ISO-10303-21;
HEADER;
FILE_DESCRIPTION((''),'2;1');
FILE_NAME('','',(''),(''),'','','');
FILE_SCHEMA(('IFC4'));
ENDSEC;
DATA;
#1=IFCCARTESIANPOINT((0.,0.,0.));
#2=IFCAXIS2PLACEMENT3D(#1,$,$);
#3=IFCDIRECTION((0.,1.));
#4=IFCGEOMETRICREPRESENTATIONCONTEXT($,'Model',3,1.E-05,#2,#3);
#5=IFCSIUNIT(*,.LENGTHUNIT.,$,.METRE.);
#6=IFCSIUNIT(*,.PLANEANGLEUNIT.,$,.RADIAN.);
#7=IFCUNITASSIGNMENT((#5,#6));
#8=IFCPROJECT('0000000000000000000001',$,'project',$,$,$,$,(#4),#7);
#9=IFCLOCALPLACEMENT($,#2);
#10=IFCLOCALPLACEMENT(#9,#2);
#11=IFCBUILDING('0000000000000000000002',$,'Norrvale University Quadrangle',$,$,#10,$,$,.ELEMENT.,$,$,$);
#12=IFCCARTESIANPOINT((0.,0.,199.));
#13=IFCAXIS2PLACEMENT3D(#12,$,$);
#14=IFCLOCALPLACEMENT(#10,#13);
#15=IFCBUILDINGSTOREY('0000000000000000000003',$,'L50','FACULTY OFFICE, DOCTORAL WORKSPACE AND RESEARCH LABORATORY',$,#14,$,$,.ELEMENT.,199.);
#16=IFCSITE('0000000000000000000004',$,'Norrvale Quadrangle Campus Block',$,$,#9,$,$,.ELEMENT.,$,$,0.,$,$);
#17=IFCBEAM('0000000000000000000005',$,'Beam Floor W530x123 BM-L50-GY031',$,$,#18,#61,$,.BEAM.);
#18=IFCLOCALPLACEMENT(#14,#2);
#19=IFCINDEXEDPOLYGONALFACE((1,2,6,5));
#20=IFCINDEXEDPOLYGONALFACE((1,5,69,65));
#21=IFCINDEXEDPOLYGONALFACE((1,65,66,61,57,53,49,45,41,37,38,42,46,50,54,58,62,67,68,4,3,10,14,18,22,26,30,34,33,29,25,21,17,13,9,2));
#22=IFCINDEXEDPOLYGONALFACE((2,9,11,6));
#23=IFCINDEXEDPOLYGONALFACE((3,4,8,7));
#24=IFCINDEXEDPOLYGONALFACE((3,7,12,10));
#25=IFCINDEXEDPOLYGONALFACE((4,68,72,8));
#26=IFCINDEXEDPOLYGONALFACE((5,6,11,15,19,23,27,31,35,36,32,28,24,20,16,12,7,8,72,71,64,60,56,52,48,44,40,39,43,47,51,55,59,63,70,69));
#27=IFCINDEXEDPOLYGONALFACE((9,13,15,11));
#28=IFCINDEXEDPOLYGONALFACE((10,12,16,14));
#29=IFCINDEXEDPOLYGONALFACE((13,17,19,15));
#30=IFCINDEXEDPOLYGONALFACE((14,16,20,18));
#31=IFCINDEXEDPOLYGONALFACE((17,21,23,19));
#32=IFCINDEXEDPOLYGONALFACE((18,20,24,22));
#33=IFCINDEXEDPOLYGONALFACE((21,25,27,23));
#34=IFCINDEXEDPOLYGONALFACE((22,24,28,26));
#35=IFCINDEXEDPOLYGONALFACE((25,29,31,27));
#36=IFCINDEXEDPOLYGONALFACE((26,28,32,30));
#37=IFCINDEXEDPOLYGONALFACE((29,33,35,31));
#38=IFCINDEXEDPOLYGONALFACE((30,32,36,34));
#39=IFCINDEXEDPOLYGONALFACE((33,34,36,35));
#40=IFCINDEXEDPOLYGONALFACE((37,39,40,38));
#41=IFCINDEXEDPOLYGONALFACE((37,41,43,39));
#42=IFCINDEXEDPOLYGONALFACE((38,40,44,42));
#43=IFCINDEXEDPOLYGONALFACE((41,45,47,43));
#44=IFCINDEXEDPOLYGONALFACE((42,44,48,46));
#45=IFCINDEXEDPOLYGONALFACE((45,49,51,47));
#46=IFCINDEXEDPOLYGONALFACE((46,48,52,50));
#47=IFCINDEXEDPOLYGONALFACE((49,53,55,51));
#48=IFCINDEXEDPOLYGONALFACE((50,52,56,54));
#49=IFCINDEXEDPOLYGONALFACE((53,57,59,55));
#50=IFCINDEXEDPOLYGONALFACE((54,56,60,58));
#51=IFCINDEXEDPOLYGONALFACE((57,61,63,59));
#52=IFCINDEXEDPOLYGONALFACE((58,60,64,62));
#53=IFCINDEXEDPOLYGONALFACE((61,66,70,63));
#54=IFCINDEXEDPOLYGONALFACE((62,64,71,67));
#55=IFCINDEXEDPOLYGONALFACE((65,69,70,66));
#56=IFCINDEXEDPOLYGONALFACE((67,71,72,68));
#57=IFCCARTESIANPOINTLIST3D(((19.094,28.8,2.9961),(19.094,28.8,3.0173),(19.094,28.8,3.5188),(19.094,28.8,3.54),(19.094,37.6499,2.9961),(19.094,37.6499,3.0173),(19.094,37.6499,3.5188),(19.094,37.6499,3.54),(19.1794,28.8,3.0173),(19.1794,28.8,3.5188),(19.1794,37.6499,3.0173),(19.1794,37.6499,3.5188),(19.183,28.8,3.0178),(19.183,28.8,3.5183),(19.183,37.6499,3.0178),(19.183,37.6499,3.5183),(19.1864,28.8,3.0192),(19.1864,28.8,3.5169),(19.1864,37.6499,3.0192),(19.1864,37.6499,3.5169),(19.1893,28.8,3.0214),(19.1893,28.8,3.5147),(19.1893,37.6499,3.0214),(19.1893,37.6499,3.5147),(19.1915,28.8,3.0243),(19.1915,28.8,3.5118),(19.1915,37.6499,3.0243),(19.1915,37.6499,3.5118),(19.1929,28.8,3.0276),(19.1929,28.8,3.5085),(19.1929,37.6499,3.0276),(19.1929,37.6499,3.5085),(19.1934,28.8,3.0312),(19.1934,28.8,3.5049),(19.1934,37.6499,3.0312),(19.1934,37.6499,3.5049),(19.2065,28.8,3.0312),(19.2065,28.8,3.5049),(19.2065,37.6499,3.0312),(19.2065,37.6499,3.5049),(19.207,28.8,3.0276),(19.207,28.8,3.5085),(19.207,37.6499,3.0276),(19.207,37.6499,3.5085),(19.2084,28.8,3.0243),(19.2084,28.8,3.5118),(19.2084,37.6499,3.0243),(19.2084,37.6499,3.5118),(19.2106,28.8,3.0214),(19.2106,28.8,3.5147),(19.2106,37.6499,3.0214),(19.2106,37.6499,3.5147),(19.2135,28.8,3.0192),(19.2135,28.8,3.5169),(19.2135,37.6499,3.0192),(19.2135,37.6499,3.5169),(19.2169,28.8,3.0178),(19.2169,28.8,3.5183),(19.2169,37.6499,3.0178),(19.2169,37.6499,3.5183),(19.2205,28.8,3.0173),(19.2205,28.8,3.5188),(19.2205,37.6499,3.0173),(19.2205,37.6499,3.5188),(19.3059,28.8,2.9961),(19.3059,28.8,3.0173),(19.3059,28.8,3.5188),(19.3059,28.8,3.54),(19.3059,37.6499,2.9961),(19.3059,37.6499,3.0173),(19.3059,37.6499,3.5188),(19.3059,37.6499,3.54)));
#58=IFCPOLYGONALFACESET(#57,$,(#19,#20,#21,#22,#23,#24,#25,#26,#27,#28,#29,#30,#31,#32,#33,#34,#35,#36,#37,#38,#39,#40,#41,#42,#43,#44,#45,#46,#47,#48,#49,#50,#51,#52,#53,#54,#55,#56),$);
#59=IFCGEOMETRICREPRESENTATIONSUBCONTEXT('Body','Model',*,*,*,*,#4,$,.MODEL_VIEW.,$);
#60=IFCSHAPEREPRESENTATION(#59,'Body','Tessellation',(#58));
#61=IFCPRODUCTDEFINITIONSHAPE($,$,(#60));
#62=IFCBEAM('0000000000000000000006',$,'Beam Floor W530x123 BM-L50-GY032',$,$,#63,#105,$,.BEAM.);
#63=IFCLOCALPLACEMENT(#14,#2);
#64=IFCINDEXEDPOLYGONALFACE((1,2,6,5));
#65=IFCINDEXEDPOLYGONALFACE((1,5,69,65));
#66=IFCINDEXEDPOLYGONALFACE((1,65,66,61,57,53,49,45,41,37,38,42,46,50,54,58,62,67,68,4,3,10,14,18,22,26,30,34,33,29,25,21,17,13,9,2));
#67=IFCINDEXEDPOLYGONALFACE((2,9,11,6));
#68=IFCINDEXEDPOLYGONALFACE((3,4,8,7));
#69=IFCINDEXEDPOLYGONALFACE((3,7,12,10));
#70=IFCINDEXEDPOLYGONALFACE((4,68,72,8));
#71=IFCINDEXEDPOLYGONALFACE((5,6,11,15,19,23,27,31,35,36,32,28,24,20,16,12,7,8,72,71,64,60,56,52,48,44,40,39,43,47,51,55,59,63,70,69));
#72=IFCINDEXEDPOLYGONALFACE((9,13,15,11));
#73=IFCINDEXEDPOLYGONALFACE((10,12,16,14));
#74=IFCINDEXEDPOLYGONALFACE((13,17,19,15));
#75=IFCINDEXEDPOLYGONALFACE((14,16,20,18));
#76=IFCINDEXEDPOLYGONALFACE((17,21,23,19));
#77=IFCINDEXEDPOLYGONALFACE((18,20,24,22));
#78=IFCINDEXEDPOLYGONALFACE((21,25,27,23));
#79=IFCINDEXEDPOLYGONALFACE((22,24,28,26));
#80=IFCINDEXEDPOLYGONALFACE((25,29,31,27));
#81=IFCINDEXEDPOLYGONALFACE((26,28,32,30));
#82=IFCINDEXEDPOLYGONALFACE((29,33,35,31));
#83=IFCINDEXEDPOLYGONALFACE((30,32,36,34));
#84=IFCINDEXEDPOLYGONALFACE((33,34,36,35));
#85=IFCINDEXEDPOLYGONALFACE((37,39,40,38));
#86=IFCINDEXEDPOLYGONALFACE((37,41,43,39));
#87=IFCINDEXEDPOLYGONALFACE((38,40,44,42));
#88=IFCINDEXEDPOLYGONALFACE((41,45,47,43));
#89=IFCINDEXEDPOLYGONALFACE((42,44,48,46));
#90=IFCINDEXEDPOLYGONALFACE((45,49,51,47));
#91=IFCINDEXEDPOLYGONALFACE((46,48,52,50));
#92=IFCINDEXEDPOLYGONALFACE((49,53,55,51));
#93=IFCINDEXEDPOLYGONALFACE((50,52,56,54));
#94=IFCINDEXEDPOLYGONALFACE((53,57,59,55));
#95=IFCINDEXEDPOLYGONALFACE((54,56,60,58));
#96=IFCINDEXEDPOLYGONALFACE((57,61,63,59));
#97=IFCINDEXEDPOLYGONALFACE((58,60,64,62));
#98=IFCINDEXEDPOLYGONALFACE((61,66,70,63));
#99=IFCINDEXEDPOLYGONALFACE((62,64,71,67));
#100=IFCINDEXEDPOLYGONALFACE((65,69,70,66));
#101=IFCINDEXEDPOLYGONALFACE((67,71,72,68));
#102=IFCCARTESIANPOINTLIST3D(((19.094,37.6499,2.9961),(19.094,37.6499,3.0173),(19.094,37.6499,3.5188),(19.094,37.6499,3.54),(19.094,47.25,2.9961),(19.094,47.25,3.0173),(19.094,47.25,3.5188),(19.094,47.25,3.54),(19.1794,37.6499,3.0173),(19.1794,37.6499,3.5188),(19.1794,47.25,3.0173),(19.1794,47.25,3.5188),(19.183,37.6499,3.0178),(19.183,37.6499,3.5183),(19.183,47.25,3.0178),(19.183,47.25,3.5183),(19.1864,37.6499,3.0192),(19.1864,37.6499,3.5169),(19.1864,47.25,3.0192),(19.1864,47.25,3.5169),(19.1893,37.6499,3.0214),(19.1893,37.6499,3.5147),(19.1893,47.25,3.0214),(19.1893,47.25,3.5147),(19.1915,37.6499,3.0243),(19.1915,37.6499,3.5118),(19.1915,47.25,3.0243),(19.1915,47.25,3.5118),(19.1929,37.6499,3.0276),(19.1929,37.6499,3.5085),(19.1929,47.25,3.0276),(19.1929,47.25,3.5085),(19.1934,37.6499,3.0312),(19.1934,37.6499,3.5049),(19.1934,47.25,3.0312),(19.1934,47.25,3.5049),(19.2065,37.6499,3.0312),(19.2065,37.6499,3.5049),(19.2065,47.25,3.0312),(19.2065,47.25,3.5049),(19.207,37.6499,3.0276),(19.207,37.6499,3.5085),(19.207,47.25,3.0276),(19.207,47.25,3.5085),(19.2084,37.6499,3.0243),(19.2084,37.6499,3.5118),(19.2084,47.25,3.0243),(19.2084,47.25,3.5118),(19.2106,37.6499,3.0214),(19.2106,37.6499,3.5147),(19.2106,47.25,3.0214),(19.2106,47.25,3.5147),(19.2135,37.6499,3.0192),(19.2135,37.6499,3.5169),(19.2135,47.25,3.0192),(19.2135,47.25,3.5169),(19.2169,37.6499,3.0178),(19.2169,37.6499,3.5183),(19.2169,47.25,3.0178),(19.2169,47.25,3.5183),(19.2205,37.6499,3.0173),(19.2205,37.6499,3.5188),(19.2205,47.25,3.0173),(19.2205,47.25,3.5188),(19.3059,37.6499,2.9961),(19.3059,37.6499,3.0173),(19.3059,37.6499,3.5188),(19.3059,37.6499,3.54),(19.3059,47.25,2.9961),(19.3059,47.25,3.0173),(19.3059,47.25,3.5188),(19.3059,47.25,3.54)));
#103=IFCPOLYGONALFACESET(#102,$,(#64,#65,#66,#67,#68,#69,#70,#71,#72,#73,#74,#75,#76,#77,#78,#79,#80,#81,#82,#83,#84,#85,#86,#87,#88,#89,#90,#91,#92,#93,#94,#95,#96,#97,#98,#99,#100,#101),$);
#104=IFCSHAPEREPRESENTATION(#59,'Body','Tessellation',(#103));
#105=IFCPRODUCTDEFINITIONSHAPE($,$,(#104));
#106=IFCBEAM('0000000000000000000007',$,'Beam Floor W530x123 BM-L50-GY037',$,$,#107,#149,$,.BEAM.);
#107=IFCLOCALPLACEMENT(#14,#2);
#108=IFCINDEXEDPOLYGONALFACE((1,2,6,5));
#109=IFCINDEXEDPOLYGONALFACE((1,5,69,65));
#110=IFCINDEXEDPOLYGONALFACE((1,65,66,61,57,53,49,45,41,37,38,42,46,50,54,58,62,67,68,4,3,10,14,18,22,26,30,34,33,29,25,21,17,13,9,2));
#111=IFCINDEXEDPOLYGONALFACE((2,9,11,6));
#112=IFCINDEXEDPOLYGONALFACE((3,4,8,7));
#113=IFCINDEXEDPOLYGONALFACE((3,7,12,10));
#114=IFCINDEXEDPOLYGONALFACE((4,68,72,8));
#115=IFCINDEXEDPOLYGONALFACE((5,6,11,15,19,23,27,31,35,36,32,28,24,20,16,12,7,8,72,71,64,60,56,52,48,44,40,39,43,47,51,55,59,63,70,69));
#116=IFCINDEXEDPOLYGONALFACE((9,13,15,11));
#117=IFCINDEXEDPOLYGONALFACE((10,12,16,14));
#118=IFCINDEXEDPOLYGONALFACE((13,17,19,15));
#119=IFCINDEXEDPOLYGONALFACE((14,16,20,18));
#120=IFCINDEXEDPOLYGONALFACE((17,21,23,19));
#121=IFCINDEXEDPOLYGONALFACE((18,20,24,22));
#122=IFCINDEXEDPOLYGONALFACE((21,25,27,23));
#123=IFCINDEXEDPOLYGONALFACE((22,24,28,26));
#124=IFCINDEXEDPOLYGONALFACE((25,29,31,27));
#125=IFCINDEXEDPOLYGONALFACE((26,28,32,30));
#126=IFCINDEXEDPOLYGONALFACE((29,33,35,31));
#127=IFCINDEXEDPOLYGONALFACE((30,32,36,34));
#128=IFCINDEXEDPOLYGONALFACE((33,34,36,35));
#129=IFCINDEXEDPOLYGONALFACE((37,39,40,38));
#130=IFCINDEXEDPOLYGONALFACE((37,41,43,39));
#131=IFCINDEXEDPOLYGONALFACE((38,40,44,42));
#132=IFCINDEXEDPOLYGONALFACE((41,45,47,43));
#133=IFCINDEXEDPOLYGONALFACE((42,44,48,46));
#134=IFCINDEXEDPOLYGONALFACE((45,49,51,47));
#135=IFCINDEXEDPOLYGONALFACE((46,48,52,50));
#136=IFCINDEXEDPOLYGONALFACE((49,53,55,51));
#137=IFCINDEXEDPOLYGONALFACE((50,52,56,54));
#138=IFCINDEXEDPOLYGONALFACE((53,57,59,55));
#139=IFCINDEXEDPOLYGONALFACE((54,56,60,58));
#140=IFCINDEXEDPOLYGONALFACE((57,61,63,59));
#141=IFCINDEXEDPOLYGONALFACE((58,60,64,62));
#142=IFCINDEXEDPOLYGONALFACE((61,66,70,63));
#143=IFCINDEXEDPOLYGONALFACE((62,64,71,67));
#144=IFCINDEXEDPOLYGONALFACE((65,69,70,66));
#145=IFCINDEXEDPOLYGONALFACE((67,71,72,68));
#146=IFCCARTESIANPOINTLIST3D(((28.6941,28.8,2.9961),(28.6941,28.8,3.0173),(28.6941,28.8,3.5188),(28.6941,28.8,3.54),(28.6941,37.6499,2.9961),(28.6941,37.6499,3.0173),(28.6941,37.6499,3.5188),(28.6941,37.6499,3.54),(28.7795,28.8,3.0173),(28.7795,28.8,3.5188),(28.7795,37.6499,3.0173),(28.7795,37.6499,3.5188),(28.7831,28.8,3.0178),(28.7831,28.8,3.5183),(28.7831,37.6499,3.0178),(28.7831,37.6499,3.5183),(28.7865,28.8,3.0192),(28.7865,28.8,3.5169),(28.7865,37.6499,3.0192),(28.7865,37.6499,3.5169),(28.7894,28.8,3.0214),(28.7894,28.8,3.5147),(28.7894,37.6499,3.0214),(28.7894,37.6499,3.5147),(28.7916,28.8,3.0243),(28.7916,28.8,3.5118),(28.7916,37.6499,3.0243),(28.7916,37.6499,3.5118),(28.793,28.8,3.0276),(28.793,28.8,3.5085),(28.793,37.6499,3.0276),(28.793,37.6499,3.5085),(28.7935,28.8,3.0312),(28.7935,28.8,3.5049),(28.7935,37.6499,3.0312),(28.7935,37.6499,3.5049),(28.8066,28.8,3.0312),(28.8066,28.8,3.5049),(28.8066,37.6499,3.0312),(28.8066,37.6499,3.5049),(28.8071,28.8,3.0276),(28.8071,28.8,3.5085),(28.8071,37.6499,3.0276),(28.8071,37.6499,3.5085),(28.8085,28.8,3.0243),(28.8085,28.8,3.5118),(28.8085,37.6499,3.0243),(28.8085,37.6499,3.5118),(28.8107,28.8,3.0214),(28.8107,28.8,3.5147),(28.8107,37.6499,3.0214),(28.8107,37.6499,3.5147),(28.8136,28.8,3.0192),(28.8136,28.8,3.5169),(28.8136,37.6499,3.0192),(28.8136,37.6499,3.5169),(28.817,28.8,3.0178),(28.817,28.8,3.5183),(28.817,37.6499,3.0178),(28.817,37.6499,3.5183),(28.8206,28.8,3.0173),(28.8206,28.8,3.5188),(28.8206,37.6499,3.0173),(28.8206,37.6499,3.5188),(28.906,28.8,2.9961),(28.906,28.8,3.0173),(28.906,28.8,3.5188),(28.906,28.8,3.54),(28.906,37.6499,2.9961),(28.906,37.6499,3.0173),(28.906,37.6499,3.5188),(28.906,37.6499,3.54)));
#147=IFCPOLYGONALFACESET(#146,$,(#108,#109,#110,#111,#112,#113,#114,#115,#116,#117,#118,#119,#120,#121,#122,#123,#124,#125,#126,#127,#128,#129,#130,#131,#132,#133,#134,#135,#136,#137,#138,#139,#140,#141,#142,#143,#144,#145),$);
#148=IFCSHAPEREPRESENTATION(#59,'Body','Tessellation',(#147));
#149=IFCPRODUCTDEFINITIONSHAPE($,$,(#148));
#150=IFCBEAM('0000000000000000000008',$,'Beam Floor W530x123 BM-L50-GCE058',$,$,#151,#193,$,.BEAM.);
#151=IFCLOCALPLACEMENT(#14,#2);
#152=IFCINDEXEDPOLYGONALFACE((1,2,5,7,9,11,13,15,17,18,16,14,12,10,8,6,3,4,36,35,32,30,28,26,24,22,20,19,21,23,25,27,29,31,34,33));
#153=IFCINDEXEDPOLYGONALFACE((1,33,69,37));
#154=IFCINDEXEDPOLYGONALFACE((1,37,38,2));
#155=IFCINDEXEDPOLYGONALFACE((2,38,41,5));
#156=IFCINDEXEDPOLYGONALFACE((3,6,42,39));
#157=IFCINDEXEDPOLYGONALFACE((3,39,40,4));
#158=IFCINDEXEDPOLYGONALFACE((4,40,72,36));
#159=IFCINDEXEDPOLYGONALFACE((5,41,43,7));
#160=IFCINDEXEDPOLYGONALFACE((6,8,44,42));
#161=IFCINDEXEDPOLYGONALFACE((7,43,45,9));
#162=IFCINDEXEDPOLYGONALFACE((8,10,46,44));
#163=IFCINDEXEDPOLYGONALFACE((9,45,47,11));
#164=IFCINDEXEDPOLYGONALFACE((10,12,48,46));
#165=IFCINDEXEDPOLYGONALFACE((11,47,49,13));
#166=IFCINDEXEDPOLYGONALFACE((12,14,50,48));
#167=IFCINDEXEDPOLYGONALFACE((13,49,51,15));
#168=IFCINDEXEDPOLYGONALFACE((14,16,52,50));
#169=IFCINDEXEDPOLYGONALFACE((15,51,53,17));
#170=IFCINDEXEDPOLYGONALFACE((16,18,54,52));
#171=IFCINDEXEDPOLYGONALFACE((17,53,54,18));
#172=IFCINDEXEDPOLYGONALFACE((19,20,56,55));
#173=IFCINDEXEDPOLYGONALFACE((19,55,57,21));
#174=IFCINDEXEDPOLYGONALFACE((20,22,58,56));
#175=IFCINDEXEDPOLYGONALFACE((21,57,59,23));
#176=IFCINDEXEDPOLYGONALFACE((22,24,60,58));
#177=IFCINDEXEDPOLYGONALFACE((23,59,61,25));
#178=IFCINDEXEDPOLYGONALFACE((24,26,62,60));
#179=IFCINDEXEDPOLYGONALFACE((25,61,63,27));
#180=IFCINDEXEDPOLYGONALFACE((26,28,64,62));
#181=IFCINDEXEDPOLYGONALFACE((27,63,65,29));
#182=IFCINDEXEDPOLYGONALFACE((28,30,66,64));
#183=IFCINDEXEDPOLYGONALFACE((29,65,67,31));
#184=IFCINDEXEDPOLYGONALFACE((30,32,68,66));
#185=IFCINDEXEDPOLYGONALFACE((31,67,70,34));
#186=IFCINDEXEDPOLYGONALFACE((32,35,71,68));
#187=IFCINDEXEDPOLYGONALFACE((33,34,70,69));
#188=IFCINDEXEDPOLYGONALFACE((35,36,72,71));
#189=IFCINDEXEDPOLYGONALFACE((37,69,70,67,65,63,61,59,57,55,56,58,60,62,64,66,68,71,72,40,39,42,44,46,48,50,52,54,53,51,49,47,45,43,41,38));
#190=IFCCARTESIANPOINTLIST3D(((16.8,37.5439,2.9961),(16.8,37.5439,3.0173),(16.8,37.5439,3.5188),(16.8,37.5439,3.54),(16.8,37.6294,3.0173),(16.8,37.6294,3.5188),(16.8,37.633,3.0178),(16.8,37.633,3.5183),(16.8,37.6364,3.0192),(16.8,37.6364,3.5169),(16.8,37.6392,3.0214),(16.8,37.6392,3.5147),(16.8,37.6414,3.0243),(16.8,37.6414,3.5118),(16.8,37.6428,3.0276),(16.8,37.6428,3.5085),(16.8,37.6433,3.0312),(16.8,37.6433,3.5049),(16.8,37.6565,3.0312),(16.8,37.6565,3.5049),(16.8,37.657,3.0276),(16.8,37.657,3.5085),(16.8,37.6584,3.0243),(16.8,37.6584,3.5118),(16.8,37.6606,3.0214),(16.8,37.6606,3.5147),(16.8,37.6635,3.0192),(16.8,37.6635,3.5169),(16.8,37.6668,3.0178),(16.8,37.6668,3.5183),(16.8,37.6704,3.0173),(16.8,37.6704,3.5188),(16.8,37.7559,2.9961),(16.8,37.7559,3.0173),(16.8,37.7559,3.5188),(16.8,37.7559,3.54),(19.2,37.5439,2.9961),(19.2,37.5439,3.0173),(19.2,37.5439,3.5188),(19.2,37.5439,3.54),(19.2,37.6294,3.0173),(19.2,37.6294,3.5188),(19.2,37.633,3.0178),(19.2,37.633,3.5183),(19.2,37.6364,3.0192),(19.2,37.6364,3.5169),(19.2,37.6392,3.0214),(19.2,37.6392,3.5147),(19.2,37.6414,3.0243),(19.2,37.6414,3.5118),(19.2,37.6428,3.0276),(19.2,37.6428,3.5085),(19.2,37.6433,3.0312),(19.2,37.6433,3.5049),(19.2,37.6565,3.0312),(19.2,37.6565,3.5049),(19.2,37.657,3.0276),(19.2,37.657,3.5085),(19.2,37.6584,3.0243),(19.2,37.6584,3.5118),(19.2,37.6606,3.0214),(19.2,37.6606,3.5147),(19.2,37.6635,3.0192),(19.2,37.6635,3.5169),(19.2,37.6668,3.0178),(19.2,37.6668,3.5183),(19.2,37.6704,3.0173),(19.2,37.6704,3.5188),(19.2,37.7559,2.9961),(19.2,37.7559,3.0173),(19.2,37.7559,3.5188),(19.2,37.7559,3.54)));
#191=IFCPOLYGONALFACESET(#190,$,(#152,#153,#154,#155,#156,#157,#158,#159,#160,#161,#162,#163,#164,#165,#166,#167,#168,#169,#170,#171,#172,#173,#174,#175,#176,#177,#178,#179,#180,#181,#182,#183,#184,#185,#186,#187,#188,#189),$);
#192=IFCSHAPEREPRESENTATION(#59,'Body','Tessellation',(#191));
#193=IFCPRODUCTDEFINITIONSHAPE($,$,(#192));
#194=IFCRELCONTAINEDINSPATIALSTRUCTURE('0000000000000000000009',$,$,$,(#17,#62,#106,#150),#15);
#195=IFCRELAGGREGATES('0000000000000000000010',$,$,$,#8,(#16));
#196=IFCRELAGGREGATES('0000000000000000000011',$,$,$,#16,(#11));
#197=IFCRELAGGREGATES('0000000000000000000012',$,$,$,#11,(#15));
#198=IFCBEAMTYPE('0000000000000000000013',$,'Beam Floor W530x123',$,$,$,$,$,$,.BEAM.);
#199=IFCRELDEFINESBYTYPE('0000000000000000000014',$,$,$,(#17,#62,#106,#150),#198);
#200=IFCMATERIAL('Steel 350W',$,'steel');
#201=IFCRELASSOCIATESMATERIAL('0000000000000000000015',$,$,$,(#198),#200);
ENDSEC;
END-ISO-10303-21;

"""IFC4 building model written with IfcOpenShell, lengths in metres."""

from ifc_helpers import new_model, si_unit, direction, frame, origin, origin_2d, place, context, subcontext, project, spatial, i_section, extrude, material, material_profile, profile_set, type_object, element, save


model = new_model("IFC4")

# Units and contexts
model_context = context("Model", 3, precision=1e-05, world=origin(), true_north=direction((0.0, 1.0)))
body_context = subcontext(model_context, "Body", "Model", "MODEL_VIEW")
ifc_project = project(units=[si_unit("LENGTHUNIT", "METRE"), si_unit("PLANEANGLEUNIT", "RADIAN")], contexts=[model_context])

# Site, building, storey
site_placement = place(None, origin())
site = spatial("IfcSite", under=ifc_project, at=site_placement, Name="Norrvale Quadrangle Campus Block", CompositionType="ELEMENT", RefElevation=0.0)
building_placement = place(site_placement, origin())
building = spatial("IfcBuilding", under=site, at=building_placement, Name="Norrvale University Quadrangle", CompositionType="ELEMENT")
storey_placement = place(building_placement, frame((0.0, 0.0, 199.0)))
storey = spatial("IfcBuildingStorey", under=building, at=storey_placement, Name="L50", Description="FACULTY OFFICE, DOCTORAL WORKSPACE AND RESEARCH LABORATORY", CompositionType="ELEMENT", Elevation=199.0)

# Beams
ifc_material_1 = material(Name="Steel 350W", Category="steel")
ifc_material_profile_1 = material_profile(ifc_material_1, i_section(OverallWidth=0.2119, OverallDepth=0.5439, WebThickness=0.0132, FlangeThickness=0.0212, FilletRadius=0.0139, at=origin_2d()), Name="Steel 350W")
ifc_profile_set_1 = profile_set([ifc_material_profile_1], Name="Steel 350W")
beam_type_1 = type_object("IfcBeamType", Name="Beam Floor W530x123", PredefinedType="BEAM", material=ifc_profile_set_1)
beam_1_placement = place(storey_placement, frame((19.2, 28.8, 3.2681), z_axis=(0.0, 1.0, 0.0), x_axis=(-1.0, 0.0, 0.0)))
element("IfcBeam", 1, at=beam_1_placement, inside=storey, type_object=beam_type_1, Name="Beam Floor W530x123 BM-L50-GY031", PredefinedType="BEAM", context=body_context, shape_type="SweptSolid", body=[
    extrude(i_section(OverallWidth=0.2119, OverallDepth=0.5439, WebThickness=0.0132, FlangeThickness=0.0212, FilletRadius=0.0139, at=origin_2d()), origin(), (0.0, 0.0, 1.0), 8.8499),
])
beam_2_placement = place(storey_placement, frame((19.2, 37.6499, 3.2681), z_axis=(0.0, 1.0, 0.0), x_axis=(-1.0, 0.0, 0.0)))
element("IfcBeam", 2, at=beam_2_placement, inside=storey, type_object=beam_type_1, Name="Beam Floor W530x123 BM-L50-GY032", PredefinedType="BEAM", context=body_context, shape_type="SweptSolid", body=[
    extrude(i_section(OverallWidth=0.2119, OverallDepth=0.5439, WebThickness=0.0132, FlangeThickness=0.0212, FilletRadius=0.0139, at=origin_2d()), origin(), (0.0, 0.0, 1.0), 9.6001),
])
beam_3_placement = place(storey_placement, frame((28.8, 28.8, 3.2681), z_axis=(0.0, 1.0, 0.0), x_axis=(-1.0, 0.0, 0.0)))
element("IfcBeam", 3, at=beam_3_placement, inside=storey, type_object=beam_type_1, Name="Beam Floor W530x123 BM-L50-GY037", PredefinedType="BEAM", context=body_context, shape_type="SweptSolid", body=[
    extrude(i_section(OverallWidth=0.2119, OverallDepth=0.5439, WebThickness=0.0132, FlangeThickness=0.0212, FilletRadius=0.0139, at=origin_2d()), origin(), (0.0, 0.0, 1.0), 8.8499),
])
beam_4_placement = place(storey_placement, frame((16.8, 37.6499, 3.2681), z_axis=(1.0, 0.0, 0.0), x_axis=(0.0, 1.0, 0.0)))
element("IfcBeam", 4, at=beam_4_placement, inside=storey, type_object=beam_type_1, Name="Beam Floor W530x123 BM-L50-GCE058", PredefinedType="BEAM", context=body_context, shape_type="SweptSolid", body=[
    extrude(i_section(OverallWidth=0.2119, OverallDepth=0.5439, WebThickness=0.0132, FlangeThickness=0.0212, FilletRadius=0.0139, at=origin_2d()), origin(), (0.0, 0.0, 1.0), 2.3999),
])

save(model, "model.ifc")
